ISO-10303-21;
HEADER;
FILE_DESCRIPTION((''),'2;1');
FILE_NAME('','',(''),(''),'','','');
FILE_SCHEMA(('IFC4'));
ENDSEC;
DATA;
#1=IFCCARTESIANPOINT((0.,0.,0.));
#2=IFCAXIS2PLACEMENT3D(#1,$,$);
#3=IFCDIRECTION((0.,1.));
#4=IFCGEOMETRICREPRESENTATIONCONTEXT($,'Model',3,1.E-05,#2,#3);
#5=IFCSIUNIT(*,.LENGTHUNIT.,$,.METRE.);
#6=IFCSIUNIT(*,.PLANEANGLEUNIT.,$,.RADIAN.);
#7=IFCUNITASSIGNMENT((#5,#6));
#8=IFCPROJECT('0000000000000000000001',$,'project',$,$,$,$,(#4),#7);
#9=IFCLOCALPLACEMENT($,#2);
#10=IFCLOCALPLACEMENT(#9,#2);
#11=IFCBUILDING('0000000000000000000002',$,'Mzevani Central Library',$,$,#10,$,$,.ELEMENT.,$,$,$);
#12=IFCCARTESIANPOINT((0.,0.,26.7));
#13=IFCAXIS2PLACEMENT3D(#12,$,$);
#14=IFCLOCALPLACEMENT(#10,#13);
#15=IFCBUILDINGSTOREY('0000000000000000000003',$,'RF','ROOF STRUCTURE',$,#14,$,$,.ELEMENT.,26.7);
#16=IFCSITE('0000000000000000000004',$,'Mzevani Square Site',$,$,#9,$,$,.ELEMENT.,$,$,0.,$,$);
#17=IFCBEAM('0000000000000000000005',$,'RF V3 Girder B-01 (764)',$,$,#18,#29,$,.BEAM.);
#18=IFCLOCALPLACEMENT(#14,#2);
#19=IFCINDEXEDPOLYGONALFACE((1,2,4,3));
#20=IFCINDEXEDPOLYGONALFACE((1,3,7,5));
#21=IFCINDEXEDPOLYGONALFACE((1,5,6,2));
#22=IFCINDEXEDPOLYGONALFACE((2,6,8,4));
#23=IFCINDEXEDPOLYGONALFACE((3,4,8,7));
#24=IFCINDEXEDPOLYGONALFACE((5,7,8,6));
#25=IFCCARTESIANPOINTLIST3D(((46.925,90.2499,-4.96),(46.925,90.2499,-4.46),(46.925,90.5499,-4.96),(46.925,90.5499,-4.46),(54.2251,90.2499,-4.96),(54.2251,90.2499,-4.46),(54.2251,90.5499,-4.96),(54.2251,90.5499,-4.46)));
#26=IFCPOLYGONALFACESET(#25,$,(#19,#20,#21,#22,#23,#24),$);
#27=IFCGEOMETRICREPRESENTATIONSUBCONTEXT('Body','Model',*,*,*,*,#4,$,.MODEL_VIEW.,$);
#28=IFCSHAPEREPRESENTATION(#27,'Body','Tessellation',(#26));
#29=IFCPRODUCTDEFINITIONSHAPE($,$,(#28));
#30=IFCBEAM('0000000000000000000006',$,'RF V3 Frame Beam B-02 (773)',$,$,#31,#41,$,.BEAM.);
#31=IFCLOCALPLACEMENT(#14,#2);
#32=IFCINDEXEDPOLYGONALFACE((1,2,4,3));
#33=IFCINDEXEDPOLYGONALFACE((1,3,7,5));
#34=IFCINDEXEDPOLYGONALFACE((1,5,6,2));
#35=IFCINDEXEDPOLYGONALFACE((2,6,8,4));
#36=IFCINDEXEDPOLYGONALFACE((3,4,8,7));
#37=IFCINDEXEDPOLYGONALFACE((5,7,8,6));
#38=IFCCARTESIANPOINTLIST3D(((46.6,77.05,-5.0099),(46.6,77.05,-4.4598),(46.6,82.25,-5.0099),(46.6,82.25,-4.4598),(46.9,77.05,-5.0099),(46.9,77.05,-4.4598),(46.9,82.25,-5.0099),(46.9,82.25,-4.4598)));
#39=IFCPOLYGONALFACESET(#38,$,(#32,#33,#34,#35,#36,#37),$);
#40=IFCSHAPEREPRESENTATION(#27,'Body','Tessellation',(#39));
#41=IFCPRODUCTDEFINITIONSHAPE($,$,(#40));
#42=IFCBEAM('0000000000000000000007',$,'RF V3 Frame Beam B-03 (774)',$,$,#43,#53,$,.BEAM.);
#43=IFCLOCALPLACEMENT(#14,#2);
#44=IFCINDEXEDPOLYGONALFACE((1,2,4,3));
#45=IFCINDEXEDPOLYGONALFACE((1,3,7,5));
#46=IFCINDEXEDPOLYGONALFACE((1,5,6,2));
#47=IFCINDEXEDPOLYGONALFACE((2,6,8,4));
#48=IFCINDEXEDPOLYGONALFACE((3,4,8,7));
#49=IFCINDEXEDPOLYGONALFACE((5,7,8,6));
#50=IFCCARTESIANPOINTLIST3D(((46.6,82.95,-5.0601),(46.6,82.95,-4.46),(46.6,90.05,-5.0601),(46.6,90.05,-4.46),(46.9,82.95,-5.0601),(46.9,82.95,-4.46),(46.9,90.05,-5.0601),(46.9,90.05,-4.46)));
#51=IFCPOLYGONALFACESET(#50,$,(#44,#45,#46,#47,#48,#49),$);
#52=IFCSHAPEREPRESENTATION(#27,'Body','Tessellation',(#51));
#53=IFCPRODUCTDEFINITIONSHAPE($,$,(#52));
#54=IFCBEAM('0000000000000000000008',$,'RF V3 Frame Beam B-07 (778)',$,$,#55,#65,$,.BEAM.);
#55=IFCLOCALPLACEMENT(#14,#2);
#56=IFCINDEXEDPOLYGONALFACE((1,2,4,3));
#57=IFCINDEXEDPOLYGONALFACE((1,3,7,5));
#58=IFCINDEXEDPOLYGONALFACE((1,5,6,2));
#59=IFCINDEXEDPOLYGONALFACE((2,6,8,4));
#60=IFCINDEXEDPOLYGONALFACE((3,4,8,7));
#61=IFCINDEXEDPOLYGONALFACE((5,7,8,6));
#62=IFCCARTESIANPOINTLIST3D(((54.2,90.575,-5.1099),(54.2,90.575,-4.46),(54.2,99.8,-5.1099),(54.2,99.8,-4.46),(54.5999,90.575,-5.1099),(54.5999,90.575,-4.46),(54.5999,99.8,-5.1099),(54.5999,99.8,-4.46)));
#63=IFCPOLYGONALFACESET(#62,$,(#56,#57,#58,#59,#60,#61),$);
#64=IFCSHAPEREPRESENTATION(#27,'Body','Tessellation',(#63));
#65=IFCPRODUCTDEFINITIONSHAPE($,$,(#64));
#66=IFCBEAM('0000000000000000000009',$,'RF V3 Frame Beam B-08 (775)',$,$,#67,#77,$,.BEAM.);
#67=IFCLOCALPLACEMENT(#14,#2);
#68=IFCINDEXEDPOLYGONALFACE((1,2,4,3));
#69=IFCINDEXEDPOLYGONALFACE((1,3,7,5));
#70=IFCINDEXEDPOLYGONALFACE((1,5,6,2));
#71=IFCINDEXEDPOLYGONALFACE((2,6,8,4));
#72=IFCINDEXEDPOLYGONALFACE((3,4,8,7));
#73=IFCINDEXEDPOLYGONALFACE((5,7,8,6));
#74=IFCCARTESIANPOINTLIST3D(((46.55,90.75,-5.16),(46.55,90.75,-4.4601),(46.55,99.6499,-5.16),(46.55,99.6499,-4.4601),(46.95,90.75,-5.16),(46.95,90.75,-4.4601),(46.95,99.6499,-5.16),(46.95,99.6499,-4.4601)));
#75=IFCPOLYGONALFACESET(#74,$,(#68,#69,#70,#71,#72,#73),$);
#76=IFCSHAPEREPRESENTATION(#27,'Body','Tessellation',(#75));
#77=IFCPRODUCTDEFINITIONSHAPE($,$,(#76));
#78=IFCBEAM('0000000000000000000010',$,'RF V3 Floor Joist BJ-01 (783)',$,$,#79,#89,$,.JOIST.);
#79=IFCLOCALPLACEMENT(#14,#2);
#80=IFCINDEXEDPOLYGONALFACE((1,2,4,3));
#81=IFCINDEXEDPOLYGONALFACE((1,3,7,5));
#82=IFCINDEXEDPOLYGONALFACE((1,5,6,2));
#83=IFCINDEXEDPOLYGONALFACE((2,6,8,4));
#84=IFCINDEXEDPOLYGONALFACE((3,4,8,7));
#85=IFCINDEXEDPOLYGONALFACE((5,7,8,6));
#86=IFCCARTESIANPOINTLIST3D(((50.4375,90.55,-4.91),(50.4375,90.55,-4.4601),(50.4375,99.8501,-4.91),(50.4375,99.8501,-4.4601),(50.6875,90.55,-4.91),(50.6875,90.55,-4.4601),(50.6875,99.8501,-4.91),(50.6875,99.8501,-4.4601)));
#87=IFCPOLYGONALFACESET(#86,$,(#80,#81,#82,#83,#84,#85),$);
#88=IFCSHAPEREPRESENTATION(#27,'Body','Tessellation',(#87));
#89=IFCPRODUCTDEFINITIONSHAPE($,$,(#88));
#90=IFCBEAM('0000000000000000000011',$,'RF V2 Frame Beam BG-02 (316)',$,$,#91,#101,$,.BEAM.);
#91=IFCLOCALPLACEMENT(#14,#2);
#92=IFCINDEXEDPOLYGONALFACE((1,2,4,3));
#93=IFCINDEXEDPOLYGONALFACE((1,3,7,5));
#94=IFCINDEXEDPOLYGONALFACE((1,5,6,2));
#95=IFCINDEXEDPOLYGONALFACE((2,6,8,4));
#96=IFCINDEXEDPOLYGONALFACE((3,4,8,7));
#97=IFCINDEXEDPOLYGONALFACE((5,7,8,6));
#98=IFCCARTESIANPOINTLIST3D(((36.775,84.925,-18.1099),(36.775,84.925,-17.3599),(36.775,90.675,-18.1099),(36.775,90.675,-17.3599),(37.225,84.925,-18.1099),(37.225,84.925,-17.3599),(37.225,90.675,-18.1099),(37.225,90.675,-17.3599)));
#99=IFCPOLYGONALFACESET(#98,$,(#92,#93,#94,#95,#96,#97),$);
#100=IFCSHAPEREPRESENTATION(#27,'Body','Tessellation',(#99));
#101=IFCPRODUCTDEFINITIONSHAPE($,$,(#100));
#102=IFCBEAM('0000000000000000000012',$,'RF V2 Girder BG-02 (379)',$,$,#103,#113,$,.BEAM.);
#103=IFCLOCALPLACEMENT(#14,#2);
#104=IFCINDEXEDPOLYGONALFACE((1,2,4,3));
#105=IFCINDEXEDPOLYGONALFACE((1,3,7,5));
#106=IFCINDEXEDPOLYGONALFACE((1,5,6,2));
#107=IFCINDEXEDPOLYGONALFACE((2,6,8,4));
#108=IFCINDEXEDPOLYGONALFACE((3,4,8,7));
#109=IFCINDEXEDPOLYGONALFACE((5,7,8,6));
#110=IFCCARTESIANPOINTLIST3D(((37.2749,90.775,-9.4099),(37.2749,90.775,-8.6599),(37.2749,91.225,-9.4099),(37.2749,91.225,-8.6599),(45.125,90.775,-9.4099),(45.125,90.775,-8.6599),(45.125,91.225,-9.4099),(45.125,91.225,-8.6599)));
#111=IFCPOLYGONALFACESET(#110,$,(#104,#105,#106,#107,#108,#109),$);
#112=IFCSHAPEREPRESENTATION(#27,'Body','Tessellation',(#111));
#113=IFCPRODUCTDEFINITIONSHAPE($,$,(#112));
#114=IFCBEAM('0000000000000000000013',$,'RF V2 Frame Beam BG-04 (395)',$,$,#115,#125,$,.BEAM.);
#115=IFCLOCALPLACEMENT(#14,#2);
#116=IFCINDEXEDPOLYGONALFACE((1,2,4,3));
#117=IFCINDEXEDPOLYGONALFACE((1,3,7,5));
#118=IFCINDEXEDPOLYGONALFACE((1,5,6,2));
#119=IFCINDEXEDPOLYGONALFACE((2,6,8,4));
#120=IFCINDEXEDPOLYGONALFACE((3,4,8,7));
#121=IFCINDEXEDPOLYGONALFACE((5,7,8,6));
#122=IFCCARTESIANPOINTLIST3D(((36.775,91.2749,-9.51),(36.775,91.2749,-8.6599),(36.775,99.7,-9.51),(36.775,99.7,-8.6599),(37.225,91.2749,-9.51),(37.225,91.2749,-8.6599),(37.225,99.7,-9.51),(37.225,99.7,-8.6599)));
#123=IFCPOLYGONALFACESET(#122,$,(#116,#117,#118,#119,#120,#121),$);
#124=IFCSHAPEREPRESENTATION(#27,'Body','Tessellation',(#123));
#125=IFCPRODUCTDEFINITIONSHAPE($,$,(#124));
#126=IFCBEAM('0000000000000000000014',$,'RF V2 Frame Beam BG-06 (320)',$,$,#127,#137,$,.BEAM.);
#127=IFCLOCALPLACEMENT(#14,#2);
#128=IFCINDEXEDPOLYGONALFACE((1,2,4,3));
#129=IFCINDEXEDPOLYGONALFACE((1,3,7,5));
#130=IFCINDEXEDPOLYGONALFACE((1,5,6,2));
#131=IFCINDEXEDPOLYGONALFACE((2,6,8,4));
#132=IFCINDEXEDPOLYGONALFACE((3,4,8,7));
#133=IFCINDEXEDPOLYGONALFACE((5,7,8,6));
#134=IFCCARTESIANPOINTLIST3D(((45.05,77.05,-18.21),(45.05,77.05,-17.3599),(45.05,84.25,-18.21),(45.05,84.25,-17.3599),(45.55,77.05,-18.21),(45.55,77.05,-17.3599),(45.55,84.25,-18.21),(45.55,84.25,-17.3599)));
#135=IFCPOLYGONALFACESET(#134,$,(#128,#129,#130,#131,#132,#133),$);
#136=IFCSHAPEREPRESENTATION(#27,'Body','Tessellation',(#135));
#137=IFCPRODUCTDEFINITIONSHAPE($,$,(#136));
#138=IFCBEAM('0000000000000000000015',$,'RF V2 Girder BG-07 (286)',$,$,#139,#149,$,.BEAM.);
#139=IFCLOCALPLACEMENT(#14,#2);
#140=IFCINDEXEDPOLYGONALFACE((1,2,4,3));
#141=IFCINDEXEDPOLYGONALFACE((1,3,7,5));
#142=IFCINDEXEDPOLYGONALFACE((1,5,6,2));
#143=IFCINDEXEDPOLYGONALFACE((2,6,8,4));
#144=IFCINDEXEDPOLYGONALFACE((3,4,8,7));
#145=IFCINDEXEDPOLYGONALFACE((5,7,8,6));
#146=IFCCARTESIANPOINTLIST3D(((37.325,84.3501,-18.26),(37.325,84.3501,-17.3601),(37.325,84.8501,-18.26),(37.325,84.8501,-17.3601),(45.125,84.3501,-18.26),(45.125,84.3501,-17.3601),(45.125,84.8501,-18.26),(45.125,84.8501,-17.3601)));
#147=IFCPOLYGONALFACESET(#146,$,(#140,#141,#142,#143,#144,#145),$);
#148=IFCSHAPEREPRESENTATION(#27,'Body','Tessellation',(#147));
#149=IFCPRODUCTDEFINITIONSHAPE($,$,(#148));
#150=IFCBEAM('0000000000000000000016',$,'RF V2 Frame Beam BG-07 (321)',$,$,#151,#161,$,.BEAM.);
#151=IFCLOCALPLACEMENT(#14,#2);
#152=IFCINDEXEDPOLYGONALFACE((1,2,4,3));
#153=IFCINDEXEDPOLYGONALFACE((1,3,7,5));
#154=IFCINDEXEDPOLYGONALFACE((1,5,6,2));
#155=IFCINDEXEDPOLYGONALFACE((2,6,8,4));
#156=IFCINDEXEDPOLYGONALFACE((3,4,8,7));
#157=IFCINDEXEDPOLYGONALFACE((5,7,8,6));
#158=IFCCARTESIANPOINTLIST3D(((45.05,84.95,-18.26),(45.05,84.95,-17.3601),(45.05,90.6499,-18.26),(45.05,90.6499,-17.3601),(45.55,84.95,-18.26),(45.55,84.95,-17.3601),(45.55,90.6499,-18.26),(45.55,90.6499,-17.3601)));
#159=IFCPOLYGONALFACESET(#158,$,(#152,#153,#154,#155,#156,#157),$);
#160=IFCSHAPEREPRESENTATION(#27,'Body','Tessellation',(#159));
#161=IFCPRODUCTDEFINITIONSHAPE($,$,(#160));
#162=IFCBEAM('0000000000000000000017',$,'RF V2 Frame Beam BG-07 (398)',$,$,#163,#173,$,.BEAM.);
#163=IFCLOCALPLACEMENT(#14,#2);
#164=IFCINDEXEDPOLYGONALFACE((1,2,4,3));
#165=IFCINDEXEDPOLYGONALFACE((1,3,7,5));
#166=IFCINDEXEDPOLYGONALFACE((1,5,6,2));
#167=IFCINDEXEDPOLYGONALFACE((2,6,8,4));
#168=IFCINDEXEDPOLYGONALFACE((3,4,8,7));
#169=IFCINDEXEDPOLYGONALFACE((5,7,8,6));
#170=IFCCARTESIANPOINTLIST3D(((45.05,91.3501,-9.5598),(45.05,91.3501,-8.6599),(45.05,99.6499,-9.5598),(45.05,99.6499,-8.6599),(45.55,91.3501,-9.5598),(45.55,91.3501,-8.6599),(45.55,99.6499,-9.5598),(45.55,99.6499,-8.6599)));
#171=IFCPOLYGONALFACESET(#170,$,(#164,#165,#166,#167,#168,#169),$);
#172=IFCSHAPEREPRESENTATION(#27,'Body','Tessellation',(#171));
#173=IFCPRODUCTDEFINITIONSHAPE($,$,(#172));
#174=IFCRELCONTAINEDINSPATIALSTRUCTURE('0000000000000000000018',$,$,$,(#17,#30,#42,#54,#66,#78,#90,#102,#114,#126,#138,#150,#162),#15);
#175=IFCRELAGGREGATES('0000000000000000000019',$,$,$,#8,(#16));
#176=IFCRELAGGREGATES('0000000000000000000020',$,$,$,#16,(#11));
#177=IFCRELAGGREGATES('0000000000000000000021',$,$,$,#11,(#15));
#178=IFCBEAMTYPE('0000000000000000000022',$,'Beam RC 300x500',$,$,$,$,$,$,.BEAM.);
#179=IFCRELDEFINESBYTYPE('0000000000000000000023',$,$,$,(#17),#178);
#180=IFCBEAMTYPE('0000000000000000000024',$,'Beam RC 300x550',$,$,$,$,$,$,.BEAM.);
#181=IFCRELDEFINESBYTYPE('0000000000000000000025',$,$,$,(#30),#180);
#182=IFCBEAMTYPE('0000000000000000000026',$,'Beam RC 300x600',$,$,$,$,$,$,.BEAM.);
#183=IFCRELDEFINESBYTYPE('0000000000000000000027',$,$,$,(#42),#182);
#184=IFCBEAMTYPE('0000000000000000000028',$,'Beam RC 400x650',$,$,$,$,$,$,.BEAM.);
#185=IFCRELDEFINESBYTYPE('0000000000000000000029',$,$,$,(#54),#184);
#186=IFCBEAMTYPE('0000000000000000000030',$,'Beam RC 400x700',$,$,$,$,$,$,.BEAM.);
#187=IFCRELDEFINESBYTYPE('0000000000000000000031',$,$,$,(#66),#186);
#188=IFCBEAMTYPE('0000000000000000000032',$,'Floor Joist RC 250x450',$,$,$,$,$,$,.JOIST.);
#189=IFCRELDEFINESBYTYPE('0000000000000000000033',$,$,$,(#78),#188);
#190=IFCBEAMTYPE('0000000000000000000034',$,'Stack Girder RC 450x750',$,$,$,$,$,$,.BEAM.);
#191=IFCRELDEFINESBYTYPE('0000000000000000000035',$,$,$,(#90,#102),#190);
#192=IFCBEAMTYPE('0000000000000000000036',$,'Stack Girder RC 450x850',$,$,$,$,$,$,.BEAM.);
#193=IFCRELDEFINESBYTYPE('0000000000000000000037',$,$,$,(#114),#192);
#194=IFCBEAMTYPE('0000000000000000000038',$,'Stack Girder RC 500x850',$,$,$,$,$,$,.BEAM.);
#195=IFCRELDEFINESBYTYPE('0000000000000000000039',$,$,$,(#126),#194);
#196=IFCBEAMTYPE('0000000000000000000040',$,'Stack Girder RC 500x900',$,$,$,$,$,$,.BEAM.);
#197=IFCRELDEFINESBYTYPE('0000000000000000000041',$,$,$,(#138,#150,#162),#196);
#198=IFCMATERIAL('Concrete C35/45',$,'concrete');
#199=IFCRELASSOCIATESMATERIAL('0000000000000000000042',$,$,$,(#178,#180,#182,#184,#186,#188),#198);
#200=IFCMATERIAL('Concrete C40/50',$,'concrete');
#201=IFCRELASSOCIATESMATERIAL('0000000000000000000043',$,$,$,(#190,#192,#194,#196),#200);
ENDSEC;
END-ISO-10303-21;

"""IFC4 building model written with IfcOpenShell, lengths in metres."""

from ifc_helpers import new_model, si_unit, direction, frame, origin, origin_2d, place, context, subcontext, project, spatial, rectangle, extrude, material, material_profile, profile_set, type_object, element, save


model = new_model("IFC4")

# Units and contexts
model_context = context("Model", 3, precision=1e-05, world=origin(), true_north=direction((0.0, 1.0)))
body_context = subcontext(model_context, "Body", "Model", "MODEL_VIEW")
ifc_project = project(units=[si_unit("LENGTHUNIT", "METRE"), si_unit("PLANEANGLEUNIT", "RADIAN")], contexts=[model_context])

# Site, building, storey
site_placement = place(None, origin())
site = spatial("IfcSite", under=ifc_project, at=site_placement, Name="Mzevani Square Site", CompositionType="ELEMENT", RefElevation=0.0)
building_placement = place(site_placement, origin())
building = spatial("IfcBuilding", under=site, at=building_placement, Name="Mzevani Central Library", CompositionType="ELEMENT")
storey_placement = place(building_placement, frame((0.0, 0.0, 26.7)))
storey = spatial("IfcBuildingStorey", under=building, at=storey_placement, Name="RF", Description="ROOF STRUCTURE", CompositionType="ELEMENT", Elevation=26.7)

# Beams
ifc_material_1 = material(Name="Concrete C35/45", Category="concrete")
ifc_material_profile_1 = material_profile(ifc_material_1, rectangle(XDim=0.3, YDim=0.5, at=origin_2d()), Name="RC B300x500")
ifc_profile_set_1 = profile_set([ifc_material_profile_1], Name="Concrete C35/45")
beam_type_1 = type_object("IfcBeamType", Name="Beam RC 300x500", PredefinedType="BEAM", material=ifc_profile_set_1)
beam_1_placement = place(storey_placement, frame((46.925, 90.3999, -4.71), z_axis=(1.0, 0.0, 0.0), x_axis=(0.0, 1.0, 0.0)))
element("IfcBeam", 1, at=beam_1_placement, inside=storey, type_object=beam_type_1, Name="RF V3 Girder B-01 (764)", PredefinedType="BEAM", context=body_context, shape_type="SweptSolid", body=[
    extrude(rectangle(XDim=0.3, YDim=0.5, at=origin_2d()), origin(), (0.0, 0.0, 1.0), 7.3),
])
ifc_material_profile_2 = material_profile(ifc_material_1, rectangle(XDim=0.3, YDim=0.55, at=origin_2d()), Name="RC B300x550")
ifc_profile_set_2 = profile_set([ifc_material_profile_2], Name="Concrete C35/45")
beam_type_2 = type_object("IfcBeamType", Name="Beam RC 300x550", PredefinedType="BEAM", material=ifc_profile_set_2)
beam_2_placement = place(storey_placement, frame((46.75, 77.05, -4.7349), z_axis=(0.0, 1.0, 0.0), x_axis=(-1.0, 0.0, 0.0)))
element("IfcBeam", 2, at=beam_2_placement, inside=storey, type_object=beam_type_2, Name="RF V3 Frame Beam B-02 (773)", PredefinedType="BEAM", context=body_context, shape_type="SweptSolid", body=[
    extrude(rectangle(XDim=0.3, YDim=0.55, at=origin_2d()), origin(), (0.0, 0.0, 1.0), 5.2),
])
ifc_material_profile_3 = material_profile(ifc_material_1, rectangle(XDim=0.3, YDim=0.6001, at=origin_2d()), Name="RC B300x600")
ifc_profile_set_3 = profile_set([ifc_material_profile_3], Name="Concrete C35/45")
beam_type_3 = type_object("IfcBeamType", Name="Beam RC 300x600", PredefinedType="BEAM", material=ifc_profile_set_3)
beam_3_placement = place(storey_placement, frame((46.75, 82.95, -4.76), z_axis=(0.0, 1.0, 0.0), x_axis=(-1.0, 0.0, 0.0)))
element("IfcBeam", 3, at=beam_3_placement, inside=storey, type_object=beam_type_3, Name="RF V3 Frame Beam B-03 (774)", PredefinedType="BEAM", context=body_context, shape_type="SweptSolid", body=[
    extrude(rectangle(XDim=0.3, YDim=0.6001, at=origin_2d()), origin(), (0.0, 0.0, 1.0), 7.1001),
])
ifc_material_profile_4 = material_profile(ifc_material_1, rectangle(XDim=0.3999, YDim=0.6499, at=origin_2d()), Name="RC B400x650")
ifc_profile_set_4 = profile_set([ifc_material_profile_4], Name="Concrete C35/45")
beam_type_4 = type_object("IfcBeamType", Name="Beam RC 400x650", PredefinedType="BEAM", material=ifc_profile_set_4)
beam_4_placement = place(storey_placement, frame((54.3999, 90.575, -4.7849), z_axis=(0.0, 1.0, 0.0), x_axis=(-1.0, 0.0, 0.0)))
element("IfcBeam", 4, at=beam_4_placement, inside=storey, type_object=beam_type_4, Name="RF V3 Frame Beam B-07 (778)", PredefinedType="BEAM", context=body_context, shape_type="SweptSolid", body=[
    extrude(rectangle(XDim=0.3999, YDim=0.6499, at=origin_2d()), origin(), (0.0, 0.0, 1.0), 9.2251),
])
ifc_material_profile_5 = material_profile(ifc_material_1, rectangle(XDim=0.3999, YDim=0.7, at=origin_2d()), Name="RC B400x700")
ifc_profile_set_5 = profile_set([ifc_material_profile_5], Name="Concrete C35/45")
beam_type_5 = type_object("IfcBeamType", Name="Beam RC 400x700", PredefinedType="BEAM", material=ifc_profile_set_5)
beam_5_placement = place(storey_placement, frame((46.75, 90.75, -4.8101), z_axis=(0.0, 1.0, 0.0), x_axis=(-1.0, 0.0, 0.0)))
element("IfcBeam", 5, at=beam_5_placement, inside=storey, type_object=beam_type_5, Name="RF V3 Frame Beam B-08 (775)", PredefinedType="BEAM", context=body_context, shape_type="SweptSolid", body=[
    extrude(rectangle(XDim=0.3999, YDim=0.7, at=origin_2d()), origin(), (0.0, 0.0, 1.0), 8.8999),
])
ifc_material_profile_6 = material_profile(ifc_material_1, rectangle(XDim=0.25, YDim=0.45, at=origin_2d()), Name="RC J250x450")
ifc_profile_set_6 = profile_set([ifc_material_profile_6], Name="Concrete C35/45")
beam_type_6 = type_object("IfcBeamType", Name="Floor Joist RC 250x450", PredefinedType="JOIST", material=ifc_profile_set_6)
beam_6_placement = place(storey_placement, frame((50.5625, 90.55, -4.6851), z_axis=(0.0, 1.0, 0.0), x_axis=(-1.0, 0.0, 0.0)))
element("IfcBeam", 6, at=beam_6_placement, inside=storey, type_object=beam_type_6, Name="RF V3 Floor Joist BJ-01 (783)", PredefinedType="JOIST", context=body_context, shape_type="SweptSolid", body=[
    extrude(rectangle(XDim=0.25, YDim=0.45, at=origin_2d()), origin(), (0.0, 0.0, 1.0), 9.3),
])
ifc_material_2 = material(Name="Concrete C40/50", Category="concrete")
ifc_material_profile_7 = material_profile(ifc_material_2, rectangle(XDim=0.45, YDim=0.75, at=origin_2d()), Name="RC B450x750")
ifc_profile_set_7 = profile_set([ifc_material_profile_7], Name="Concrete C40/50")
beam_type_7 = type_object("IfcBeamType", Name="Stack Girder RC 450x750", PredefinedType="BEAM", material=ifc_profile_set_7)
beam_7_placement = place(storey_placement, frame((37.0, 84.925, -17.7349), z_axis=(0.0, 1.0, 0.0), x_axis=(-1.0, 0.0, 0.0)))
element("IfcBeam", 7, at=beam_7_placement, inside=storey, type_object=beam_type_7, Name="RF V2 Frame Beam BG-02 (316)", PredefinedType="BEAM", context=body_context, shape_type="SweptSolid", body=[
    extrude(rectangle(XDim=0.45, YDim=0.75, at=origin_2d()), origin(), (0.0, 0.0, 1.0), 5.75),
])
beam_8_placement = place(storey_placement, frame((37.2749, 91.0, -9.0349), z_axis=(1.0, 0.0, 0.0), x_axis=(0.0, 1.0, 0.0)))
element("IfcBeam", 8, at=beam_8_placement, inside=storey, type_object=beam_type_7, Name="RF V2 Girder BG-02 (379)", PredefinedType="BEAM", context=body_context, shape_type="SweptSolid", body=[
    extrude(rectangle(XDim=0.45, YDim=0.75, at=origin_2d()), origin(), (0.0, 0.0, 1.0), 7.8501),
])
ifc_material_profile_8 = material_profile(ifc_material_2, rectangle(XDim=0.45, YDim=0.8501, at=origin_2d()), Name="RC B450x850")
ifc_profile_set_8 = profile_set([ifc_material_profile_8], Name="Concrete C40/50")
beam_type_8 = type_object("IfcBeamType", Name="Stack Girder RC 450x850", PredefinedType="BEAM", material=ifc_profile_set_8)
beam_9_placement = place(storey_placement, frame((37.0, 91.2749, -9.085), z_axis=(0.0, 1.0, 0.0), x_axis=(-1.0, 0.0, 0.0)))
element("IfcBeam", 9, at=beam_9_placement, inside=storey, type_object=beam_type_8, Name="RF V2 Frame Beam BG-04 (395)", PredefinedType="BEAM", context=body_context, shape_type="SweptSolid", body=[
    extrude(rectangle(XDim=0.45, YDim=0.8501, at=origin_2d()), origin(), (0.0, 0.0, 1.0), 8.425),
])
ifc_material_profile_9 = material_profile(ifc_material_2, rectangle(XDim=0.5, YDim=0.8501, at=origin_2d()), Name="RC B500x850")
ifc_profile_set_9 = profile_set([ifc_material_profile_9], Name="Concrete C40/50")
beam_type_9 = type_object("IfcBeamType", Name="Stack Girder RC 500x850", PredefinedType="BEAM", material=ifc_profile_set_9)
beam_10_placement = place(storey_placement, frame((45.3, 77.05, -17.7849), z_axis=(0.0, 1.0, 0.0), x_axis=(-1.0, 0.0, 0.0)))
element("IfcBeam", 10, at=beam_10_placement, inside=storey, type_object=beam_type_9, Name="RF V2 Frame Beam BG-06 (320)", PredefinedType="BEAM", context=body_context, shape_type="SweptSolid", body=[
    extrude(rectangle(XDim=0.5, YDim=0.8501, at=origin_2d()), origin(), (0.0, 0.0, 1.0), 7.2),
])
ifc_material_profile_10 = material_profile(ifc_material_2, rectangle(XDim=0.5, YDim=0.8999, at=origin_2d()), Name="RC B500x900")
ifc_profile_set_10 = profile_set([ifc_material_profile_10], Name="Concrete C40/50")
beam_type_10 = type_object("IfcBeamType", Name="Stack Girder RC 500x900", PredefinedType="BEAM", material=ifc_profile_set_10)
beam_11_placement = place(storey_placement, frame((37.325, 84.6001, -17.8101), z_axis=(1.0, 0.0, 0.0), x_axis=(0.0, 1.0, 0.0)))
element("IfcBeam", 11, at=beam_11_placement, inside=storey, type_object=beam_type_10, Name="RF V2 Girder BG-07 (286)", PredefinedType="BEAM", context=body_context, shape_type="SweptSolid", body=[
    extrude(rectangle(XDim=0.5, YDim=0.8999, at=origin_2d()), origin(), (0.0, 0.0, 1.0), 7.8),
])
beam_12_placement = place(storey_placement, frame((45.3, 84.95, -17.8101), z_axis=(0.0, 1.0, 0.0), x_axis=(-1.0, 0.0, 0.0)))
element("IfcBeam", 12, at=beam_12_placement, inside=storey, type_object=beam_type_10, Name="RF V2 Frame Beam BG-07 (321)", PredefinedType="BEAM", context=body_context, shape_type="SweptSolid", body=[
    extrude(rectangle(XDim=0.5, YDim=0.8999, at=origin_2d()), origin(), (0.0, 0.0, 1.0), 5.7),
])
beam_13_placement = place(storey_placement, frame((45.3, 91.3501, -9.1099), z_axis=(0.0, 1.0, 0.0), x_axis=(-1.0, 0.0, 0.0)))
element("IfcBeam", 13, at=beam_13_placement, inside=storey, type_object=beam_type_10, Name="RF V2 Frame Beam BG-07 (398)", PredefinedType="BEAM", context=body_context, shape_type="SweptSolid", body=[
    extrude(rectangle(XDim=0.5, YDim=0.8999, at=origin_2d()), origin(), (0.0, 0.0, 1.0), 8.2998),
])

save(model, "model.ifc")
